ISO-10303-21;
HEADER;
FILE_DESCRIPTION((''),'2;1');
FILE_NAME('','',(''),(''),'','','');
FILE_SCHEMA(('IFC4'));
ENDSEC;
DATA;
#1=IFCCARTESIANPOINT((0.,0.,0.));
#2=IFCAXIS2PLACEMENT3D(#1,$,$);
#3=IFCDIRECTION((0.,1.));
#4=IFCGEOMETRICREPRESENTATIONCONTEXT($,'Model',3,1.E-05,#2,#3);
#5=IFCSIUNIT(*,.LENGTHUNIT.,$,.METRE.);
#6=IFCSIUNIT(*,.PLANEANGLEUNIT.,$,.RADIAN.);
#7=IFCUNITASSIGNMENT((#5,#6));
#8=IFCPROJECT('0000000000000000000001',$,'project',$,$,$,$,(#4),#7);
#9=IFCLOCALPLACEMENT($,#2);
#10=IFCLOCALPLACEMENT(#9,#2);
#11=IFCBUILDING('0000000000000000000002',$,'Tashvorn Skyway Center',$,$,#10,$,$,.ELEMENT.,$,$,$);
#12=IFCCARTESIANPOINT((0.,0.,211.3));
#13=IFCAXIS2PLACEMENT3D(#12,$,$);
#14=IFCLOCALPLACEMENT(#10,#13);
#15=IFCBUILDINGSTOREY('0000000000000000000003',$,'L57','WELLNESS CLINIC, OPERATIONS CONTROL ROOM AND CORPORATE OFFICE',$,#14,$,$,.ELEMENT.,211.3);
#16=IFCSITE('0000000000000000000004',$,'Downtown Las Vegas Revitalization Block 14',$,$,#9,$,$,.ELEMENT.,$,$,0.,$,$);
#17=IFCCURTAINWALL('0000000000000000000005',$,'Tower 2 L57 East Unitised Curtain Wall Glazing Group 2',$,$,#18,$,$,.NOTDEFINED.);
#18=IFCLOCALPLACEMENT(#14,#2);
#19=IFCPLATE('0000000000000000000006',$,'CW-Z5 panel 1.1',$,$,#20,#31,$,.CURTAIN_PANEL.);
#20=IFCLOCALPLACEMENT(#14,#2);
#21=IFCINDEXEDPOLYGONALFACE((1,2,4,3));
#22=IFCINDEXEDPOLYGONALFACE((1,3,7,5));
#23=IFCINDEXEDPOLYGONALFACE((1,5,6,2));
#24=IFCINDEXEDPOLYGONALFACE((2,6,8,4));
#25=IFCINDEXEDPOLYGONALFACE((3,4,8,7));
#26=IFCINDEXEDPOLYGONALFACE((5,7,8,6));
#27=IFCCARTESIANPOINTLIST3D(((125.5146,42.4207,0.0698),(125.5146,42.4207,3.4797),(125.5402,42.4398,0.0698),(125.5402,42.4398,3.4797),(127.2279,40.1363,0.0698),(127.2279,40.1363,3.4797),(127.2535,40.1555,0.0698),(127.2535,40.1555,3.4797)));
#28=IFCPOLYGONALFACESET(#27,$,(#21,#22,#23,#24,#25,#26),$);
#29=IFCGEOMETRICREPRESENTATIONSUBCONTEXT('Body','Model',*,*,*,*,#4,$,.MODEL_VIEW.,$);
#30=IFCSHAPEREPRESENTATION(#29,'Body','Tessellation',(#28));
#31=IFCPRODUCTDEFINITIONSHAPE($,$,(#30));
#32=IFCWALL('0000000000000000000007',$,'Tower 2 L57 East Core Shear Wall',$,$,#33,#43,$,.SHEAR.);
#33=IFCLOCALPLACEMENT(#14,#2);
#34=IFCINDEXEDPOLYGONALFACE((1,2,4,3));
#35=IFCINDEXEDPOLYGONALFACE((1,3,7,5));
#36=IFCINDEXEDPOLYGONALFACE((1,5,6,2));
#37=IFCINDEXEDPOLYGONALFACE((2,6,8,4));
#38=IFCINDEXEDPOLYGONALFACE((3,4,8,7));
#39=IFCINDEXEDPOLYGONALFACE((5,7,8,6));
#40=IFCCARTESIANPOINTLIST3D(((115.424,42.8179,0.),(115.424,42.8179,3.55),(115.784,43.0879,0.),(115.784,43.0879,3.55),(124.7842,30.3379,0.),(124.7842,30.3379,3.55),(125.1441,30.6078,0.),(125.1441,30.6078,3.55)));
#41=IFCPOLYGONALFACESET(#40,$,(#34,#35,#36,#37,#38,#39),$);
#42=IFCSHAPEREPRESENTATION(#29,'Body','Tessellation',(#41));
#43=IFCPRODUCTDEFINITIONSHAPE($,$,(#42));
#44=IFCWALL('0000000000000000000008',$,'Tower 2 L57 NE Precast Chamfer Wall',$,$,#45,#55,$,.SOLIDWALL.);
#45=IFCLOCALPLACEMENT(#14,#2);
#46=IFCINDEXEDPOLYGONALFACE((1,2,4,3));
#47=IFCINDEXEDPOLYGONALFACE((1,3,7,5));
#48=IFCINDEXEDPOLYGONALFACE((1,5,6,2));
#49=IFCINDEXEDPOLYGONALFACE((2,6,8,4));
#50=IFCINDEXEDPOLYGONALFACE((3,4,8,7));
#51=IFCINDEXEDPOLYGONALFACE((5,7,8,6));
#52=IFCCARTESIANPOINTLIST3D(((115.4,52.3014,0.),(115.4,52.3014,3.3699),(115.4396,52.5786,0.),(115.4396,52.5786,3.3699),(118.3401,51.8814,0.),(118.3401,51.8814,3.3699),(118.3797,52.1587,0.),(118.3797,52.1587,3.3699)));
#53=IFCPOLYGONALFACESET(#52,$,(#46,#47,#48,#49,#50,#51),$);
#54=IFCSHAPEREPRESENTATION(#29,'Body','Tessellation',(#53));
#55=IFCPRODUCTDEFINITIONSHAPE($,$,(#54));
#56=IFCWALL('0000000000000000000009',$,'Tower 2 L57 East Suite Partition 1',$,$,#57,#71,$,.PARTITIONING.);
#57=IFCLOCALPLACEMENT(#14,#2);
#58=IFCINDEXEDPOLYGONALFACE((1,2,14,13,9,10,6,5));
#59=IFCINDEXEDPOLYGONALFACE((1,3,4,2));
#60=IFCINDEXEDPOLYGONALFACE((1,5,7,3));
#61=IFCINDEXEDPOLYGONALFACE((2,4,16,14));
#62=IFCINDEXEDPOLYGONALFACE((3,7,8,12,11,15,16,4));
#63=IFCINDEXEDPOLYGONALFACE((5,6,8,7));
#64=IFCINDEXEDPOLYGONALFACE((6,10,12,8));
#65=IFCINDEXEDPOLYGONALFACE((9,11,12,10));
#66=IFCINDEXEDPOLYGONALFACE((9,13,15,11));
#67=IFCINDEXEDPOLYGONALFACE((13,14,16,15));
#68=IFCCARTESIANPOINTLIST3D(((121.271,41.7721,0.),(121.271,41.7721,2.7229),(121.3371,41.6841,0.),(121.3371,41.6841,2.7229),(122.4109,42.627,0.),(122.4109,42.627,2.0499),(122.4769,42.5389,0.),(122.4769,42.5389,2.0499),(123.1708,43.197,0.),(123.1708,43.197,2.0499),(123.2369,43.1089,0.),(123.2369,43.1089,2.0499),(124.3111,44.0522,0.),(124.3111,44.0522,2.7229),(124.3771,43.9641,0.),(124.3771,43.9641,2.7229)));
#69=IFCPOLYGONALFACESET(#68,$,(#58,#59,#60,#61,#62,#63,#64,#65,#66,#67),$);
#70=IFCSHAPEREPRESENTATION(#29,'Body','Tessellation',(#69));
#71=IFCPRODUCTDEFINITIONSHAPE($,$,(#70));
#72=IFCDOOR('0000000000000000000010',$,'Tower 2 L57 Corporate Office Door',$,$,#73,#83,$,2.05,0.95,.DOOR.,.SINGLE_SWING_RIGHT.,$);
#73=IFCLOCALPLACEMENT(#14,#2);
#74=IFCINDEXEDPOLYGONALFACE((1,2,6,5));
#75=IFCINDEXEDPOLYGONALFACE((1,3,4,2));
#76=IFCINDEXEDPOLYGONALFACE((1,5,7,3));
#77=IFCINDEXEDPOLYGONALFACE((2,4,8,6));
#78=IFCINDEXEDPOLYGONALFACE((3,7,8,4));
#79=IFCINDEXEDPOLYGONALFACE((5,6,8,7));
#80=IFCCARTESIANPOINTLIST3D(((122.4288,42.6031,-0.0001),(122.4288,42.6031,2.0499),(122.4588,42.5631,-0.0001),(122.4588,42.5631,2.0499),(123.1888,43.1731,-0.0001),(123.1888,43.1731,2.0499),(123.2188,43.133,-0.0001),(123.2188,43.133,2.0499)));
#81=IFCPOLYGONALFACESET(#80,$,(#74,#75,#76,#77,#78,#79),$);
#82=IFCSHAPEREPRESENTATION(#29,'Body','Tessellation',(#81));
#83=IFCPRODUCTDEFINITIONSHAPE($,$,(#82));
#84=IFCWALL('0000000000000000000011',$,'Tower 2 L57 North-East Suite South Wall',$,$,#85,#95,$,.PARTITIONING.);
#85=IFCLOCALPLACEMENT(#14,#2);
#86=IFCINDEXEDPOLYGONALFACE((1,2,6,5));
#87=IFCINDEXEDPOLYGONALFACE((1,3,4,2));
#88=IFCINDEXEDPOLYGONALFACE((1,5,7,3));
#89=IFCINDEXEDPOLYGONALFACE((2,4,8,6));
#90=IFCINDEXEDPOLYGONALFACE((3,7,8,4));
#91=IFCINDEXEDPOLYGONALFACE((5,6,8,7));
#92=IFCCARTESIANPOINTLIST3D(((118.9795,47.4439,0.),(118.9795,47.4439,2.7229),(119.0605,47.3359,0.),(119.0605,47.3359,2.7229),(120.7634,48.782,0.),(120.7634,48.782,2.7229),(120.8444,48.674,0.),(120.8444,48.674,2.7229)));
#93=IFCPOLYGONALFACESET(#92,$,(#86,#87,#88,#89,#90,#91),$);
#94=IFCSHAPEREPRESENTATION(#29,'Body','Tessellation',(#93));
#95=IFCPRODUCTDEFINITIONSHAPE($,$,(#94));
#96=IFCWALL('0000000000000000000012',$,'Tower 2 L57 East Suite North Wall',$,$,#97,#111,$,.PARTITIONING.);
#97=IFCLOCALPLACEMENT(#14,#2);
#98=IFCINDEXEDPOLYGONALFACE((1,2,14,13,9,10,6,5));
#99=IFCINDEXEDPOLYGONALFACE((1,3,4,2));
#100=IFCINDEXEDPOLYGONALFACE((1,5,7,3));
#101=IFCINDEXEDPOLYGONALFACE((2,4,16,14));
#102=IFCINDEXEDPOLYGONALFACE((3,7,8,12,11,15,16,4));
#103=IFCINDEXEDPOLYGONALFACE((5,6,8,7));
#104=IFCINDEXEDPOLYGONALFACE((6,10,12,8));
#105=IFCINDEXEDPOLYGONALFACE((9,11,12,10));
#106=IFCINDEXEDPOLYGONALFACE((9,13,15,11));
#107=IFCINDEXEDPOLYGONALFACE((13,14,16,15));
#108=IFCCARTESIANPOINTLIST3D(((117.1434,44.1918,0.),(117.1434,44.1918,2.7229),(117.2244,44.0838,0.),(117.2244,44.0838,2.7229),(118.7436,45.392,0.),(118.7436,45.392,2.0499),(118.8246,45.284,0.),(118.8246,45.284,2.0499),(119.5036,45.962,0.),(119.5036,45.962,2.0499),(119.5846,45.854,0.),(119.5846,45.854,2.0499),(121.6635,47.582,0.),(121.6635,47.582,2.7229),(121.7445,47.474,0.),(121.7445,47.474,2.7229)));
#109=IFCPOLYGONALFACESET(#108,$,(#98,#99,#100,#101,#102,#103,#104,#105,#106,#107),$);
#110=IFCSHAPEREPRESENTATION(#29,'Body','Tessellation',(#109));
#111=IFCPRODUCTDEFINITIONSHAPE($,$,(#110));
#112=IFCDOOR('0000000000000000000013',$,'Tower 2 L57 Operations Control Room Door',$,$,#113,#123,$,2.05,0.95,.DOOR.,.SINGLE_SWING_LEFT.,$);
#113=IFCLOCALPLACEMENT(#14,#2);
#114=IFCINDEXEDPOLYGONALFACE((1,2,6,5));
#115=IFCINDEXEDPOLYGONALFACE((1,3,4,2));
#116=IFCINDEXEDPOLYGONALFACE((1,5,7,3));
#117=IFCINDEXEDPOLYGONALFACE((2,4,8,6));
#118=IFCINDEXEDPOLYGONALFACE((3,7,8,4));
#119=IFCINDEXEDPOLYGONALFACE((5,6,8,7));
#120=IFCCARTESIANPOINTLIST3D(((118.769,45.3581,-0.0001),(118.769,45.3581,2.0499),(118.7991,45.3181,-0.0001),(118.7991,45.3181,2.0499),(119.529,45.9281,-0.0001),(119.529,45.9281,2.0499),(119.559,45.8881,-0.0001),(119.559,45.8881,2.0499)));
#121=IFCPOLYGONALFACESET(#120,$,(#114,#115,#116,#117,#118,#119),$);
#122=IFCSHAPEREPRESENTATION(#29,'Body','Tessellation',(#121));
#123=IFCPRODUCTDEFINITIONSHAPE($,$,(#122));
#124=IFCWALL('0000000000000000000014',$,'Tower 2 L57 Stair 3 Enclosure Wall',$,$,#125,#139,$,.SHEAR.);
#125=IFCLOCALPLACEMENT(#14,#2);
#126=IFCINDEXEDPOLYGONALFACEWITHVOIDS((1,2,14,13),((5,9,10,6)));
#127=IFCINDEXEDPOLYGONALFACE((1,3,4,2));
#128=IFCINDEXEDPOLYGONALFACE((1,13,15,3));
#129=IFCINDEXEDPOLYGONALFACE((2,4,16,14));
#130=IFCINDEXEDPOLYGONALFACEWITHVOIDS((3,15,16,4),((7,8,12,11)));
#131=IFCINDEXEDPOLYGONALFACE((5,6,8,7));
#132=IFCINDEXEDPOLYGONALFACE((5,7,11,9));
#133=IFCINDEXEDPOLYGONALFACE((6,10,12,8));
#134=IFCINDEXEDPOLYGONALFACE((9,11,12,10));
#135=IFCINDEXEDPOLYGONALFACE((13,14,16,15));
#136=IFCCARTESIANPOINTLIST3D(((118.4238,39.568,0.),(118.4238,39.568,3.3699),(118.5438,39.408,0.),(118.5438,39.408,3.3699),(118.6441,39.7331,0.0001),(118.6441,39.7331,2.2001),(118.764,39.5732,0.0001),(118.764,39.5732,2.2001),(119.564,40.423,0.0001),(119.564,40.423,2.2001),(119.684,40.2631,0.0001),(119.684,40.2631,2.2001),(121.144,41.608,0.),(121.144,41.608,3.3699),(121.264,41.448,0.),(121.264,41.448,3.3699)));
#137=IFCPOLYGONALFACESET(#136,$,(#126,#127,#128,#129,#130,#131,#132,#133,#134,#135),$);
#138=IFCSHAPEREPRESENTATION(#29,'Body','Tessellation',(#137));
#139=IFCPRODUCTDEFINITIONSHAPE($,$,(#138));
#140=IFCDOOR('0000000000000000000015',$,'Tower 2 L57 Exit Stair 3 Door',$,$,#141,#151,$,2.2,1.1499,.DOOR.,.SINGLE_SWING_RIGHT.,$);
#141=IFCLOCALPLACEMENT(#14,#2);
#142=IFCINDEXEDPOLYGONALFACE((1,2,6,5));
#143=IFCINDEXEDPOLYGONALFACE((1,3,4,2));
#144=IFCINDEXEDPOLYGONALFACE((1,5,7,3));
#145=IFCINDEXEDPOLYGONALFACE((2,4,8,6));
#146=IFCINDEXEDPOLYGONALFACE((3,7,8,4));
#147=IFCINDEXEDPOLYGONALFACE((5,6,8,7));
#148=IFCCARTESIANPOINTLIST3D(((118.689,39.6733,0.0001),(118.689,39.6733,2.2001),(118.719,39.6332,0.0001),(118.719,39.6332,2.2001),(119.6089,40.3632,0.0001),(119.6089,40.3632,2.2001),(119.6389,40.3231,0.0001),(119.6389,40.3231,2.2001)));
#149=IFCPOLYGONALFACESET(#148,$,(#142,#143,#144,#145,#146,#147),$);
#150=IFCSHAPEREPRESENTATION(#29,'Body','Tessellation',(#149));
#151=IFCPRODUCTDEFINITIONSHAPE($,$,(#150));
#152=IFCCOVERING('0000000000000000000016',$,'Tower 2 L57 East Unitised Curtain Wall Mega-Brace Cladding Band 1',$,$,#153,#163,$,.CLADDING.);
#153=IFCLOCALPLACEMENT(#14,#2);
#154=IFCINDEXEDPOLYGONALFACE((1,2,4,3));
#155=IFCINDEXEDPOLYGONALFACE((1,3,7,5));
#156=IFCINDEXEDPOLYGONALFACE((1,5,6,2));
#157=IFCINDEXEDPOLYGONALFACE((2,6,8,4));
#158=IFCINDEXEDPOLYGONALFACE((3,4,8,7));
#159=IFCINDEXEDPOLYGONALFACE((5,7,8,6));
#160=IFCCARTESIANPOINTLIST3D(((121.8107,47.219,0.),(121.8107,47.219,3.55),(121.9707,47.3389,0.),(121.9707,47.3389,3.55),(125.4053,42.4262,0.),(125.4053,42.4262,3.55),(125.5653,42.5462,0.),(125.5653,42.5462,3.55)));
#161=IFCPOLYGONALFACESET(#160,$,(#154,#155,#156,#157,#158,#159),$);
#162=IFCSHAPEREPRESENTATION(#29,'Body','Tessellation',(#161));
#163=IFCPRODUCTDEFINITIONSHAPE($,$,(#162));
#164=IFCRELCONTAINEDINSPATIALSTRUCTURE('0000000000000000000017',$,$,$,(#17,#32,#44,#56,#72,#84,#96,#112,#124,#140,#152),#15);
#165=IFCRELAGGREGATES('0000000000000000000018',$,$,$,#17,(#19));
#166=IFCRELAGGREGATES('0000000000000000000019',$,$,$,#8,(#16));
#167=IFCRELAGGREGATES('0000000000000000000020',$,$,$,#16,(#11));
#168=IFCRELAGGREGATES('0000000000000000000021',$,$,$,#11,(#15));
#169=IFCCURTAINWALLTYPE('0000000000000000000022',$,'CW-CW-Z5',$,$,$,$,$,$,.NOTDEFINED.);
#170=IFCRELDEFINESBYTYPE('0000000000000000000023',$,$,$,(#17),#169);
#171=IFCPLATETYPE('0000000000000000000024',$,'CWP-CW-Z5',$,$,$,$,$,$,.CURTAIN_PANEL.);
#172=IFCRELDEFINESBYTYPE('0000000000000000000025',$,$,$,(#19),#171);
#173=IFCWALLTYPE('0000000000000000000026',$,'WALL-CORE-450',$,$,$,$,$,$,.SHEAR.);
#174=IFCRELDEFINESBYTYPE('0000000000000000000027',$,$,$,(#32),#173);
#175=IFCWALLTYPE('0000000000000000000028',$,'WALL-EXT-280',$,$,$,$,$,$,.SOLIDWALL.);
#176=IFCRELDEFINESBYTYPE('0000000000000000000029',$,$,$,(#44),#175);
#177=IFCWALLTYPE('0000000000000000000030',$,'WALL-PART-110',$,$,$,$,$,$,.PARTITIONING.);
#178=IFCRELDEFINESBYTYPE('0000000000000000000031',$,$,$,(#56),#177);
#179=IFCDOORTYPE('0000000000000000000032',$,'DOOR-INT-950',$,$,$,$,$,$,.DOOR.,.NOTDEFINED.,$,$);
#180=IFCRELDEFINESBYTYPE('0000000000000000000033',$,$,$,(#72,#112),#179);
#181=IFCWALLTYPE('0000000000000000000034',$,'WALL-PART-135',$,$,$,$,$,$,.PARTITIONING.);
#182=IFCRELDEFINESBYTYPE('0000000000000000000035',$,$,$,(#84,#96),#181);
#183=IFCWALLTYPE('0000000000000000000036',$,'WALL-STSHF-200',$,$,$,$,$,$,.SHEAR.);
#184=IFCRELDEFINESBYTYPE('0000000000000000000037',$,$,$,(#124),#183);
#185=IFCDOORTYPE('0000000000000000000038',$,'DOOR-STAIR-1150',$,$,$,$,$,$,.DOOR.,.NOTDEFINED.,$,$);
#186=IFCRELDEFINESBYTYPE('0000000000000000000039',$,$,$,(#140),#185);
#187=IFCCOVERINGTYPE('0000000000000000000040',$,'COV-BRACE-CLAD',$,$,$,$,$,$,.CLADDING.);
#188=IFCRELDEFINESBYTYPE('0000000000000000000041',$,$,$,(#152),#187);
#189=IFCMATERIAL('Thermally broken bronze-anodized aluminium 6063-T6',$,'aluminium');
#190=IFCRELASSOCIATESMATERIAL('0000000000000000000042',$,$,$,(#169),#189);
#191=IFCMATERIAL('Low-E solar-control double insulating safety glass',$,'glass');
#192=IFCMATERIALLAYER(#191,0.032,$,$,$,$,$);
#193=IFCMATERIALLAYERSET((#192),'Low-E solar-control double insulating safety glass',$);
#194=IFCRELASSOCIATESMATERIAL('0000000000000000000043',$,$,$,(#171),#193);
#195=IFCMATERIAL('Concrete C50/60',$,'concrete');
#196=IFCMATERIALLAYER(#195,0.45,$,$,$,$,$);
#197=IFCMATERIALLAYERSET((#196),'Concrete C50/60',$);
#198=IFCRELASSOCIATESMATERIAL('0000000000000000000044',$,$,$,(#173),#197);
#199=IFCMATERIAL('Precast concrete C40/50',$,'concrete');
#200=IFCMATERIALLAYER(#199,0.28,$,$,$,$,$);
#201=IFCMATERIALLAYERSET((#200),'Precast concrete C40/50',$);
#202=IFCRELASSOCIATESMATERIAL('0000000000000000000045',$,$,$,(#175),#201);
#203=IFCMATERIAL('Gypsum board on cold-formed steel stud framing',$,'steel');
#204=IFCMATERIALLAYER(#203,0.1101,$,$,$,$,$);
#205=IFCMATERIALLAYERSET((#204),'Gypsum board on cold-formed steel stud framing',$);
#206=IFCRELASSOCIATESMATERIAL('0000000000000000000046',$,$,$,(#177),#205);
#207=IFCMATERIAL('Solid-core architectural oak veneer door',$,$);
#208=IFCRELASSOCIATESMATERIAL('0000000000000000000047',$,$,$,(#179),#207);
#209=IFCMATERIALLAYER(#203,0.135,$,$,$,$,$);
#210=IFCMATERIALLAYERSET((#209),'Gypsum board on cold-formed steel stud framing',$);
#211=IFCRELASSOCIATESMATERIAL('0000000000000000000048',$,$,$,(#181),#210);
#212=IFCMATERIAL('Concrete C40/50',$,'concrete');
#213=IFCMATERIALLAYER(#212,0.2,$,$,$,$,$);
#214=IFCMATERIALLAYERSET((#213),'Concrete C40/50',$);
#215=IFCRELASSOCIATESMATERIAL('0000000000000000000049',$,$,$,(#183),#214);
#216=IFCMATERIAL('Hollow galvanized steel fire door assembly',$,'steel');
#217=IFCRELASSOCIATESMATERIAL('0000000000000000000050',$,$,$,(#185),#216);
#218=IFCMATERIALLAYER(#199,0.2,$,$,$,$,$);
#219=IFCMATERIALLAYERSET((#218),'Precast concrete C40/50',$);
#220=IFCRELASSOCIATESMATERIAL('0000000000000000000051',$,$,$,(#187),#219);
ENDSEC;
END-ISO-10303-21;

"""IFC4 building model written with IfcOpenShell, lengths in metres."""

from ifc_helpers import new_model, si_unit, direction, frame, frame_2d, origin, origin_2d, place, context, subcontext, project, spatial, rectangle, extrude, material, layer, layer_set, type_object, element, fill, aggregate, save


model = new_model("IFC4")

# Units and contexts
model_context = context("Model", 3, precision=1e-05, world=origin(), true_north=direction((0.0, 1.0)))
body_context = subcontext(model_context, "Body", "Model", "MODEL_VIEW")
ifc_project = project(units=[si_unit("LENGTHUNIT", "METRE"), si_unit("PLANEANGLEUNIT", "RADIAN")], contexts=[model_context])

# Site, building, storey
site_placement = place(None, origin())
site = spatial("IfcSite", under=ifc_project, at=site_placement, Name="Downtown Las Vegas Revitalization Block 14", CompositionType="ELEMENT", RefElevation=0.0)
building_placement = place(site_placement, origin())
building = spatial("IfcBuilding", under=site, at=building_placement, Name="Tashvorn Skyway Center", CompositionType="ELEMENT")
storey_placement = place(building_placement, frame((0.0, 0.0, 211.3)))
storey = spatial("IfcBuildingStorey", under=building, at=storey_placement, Name="L57", Description="WELLNESS CLINIC, OPERATIONS CONTROL ROOM AND CORPORATE OFFICE", CompositionType="ELEMENT", Elevation=211.3)

# Shared definitions
ifc_material_1 = material(Name="Thermally broken bronze-anodized aluminium 6063-T6", Category="aluminium")
curtain_wall_type = type_object("IfcCurtainWallType", Name="CW-CW-Z5", PredefinedType="NOTDEFINED", material=ifc_material_1)

# Curtain wall
curtain_wall_1_placement = place(storey_placement, origin())
curtain_wall_1 = element("IfcCurtainWall", 1, at=curtain_wall_1_placement, inside=storey, type_object=curtain_wall_type, Name="Tower 2 L57 East Unitised Curtain Wall Glazing Group 2", PredefinedType="NOTDEFINED")

# Plate
ifc_material_2 = material(Name="Low-E solar-control double insulating safety glass", Category="glass")
ifc_layer_1 = layer(ifc_material_2, 0.032)
ifc_layer_set_1 = layer_set([ifc_layer_1], Name="Low-E solar-control double insulating safety glass")
plate_type = type_object("IfcPlateType", Name="CWP-CW-Z5", PredefinedType="CURTAIN_PANEL", material=ifc_layer_set_1)
plate_1_placement = place(storey_placement, frame((126.384, 41.2881, 0.0698), z_axis=(0.0, 0.0, 1.0), x_axis=(0.600021, -0.799984, 0.0)))
plate_1 = element("IfcPlate", 2, at=plate_1_placement, type_object=plate_type, Name="CW-Z5 panel 1.1", PredefinedType="CURTAIN_PANEL", context=body_context, shape_type="SweptSolid", body=[
    extrude(rectangle(XDim=2.8555, YDim=0.032, at=origin_2d()), origin(), (0.0, 0.0, 1.0), 3.4099),
])
aggregate(curtain_wall_1, [plate_1])

# Walls
ifc_material_3 = material(Name="Concrete C50/60", Category="concrete")
ifc_layer_2 = layer(ifc_material_3, 0.45)
ifc_layer_set_2 = layer_set([ifc_layer_2], Name="Concrete C50/60")
wall_type_1 = type_object("IfcWallType", Name="WALL-CORE-450", PredefinedType="SHEAR", material=ifc_layer_set_2)
wall_1_placement = place(storey_placement, frame((115.604, 42.9529, 0.0), z_axis=(0.0, 0.0, 1.0), x_axis=(0.600005, -0.799996, 0.0)))
element("IfcWall", 3, at=wall_1_placement, inside=storey, type_object=wall_type_1, Name="Tower 2 L57 East Core Shear Wall", PredefinedType="SHEAR", context=body_context, shape_type="SweptSolid", body=[
    extrude(rectangle(XDim=15.6001, YDim=0.45, at=frame_2d((7.8, 0.0))), origin(), (0.0, 0.0, 1.0), 3.55),
])
ifc_material_4 = material(Name="Precast concrete C40/50", Category="concrete")
ifc_layer_3 = layer(ifc_material_4, 0.28)
ifc_layer_set_3 = layer_set([ifc_layer_3], Name="Precast concrete C40/50")
wall_type_2 = type_object("IfcWallType", Name="WALL-EXT-280", PredefinedType="SOLIDWALL", material=ifc_layer_set_3)
wall_2_placement = place(storey_placement, frame((115.4199, 52.4399, 0.0), z_axis=(0.0, 0.0, 1.0), x_axis=(0.989954, -0.141387, 0.0)))
element("IfcWall", 4, at=wall_2_placement, inside=storey, type_object=wall_type_2, Name="Tower 2 L57 NE Precast Chamfer Wall", PredefinedType="SOLIDWALL", context=body_context, shape_type="SweptSolid", body=[
    extrude(rectangle(XDim=2.97, YDim=0.28, at=frame_2d((1.4849, 0.0))), origin(), (0.0, 0.0, 1.0), 3.3699),
])

# Wall, opening, door
ifc_material_5 = material(Name="Gypsum board on cold-formed steel stud framing", Category="steel")
ifc_layer_4 = layer(ifc_material_5, 0.1101)
ifc_layer_set_4 = layer_set([ifc_layer_4], Name="Gypsum board on cold-formed steel stud framing")
wall_type_3 = type_object("IfcWallType", Name="WALL-PART-110", PredefinedType="PARTITIONING", material=ifc_layer_set_4)
wall_3_placement = place(storey_placement, frame((124.344, 44.0081, 0.0), z_axis=(0.0, 0.0, 1.0), x_axis=(-0.8, -0.6, 0.0)))
wall_3 = element("IfcWall", 5, at=wall_3_placement, inside=storey, type_object=wall_type_3, Name="Tower 2 L57 East Suite Partition 1", PredefinedType="PARTITIONING", context=body_context, shape_type="SweptSolid", body=[
    extrude(rectangle(XDim=3.8, YDim=0.1101, at=frame_2d((1.8999, 0.0))), origin(), (0.0, 0.0, 1.0), 2.7229),
])
opening_1_placement = place(wall_3_placement, frame((1.425, 0.0, 0.0)))
opening_1 = element("IfcOpeningElement", 6, at=opening_1_placement, cuts=wall_3, PredefinedType="OPENING", context=body_context, shape_type="SweptSolid", body=[
    extrude(rectangle(XDim=0.95, YDim=2.05, at=frame_2d((0.4751, 1.0249))), frame((0.0, 0.0649, 0.0), z_axis=(0.0, -1.0, 0.0), x_axis=(1.0, 0.0, 0.0)), (0.0, 0.0, 1.0), 0.1301),
])
ifc_material_6 = material(Name="Solid-core architectural oak veneer door")
door_type_1 = type_object("IfcDoorType", Name="DOOR-INT-950", OperationType="NOTDEFINED", PredefinedType="DOOR", material=ifc_material_6)
door_1_placement = place(opening_1_placement, origin())
door_1 = element("IfcDoor", 7, at=door_1_placement, inside=storey, type_object=door_type_1, Name="Tower 2 L57 Corporate Office Door", OperationType="SINGLE_SWING_RIGHT", OverallHeight=2.05, OverallWidth=0.95, PredefinedType="DOOR", context=body_context, shape_type="SweptSolid", body=[
    extrude(rectangle(XDim=0.95, YDim=2.05, at=frame_2d((0.4751, 1.0249))), frame((0.0, 0.0249, 0.0), z_axis=(0.0, -1.0, 0.0), x_axis=(1.0, 0.0, 0.0)), (0.0, 0.0, 1.0), 0.05),
])
fill(opening_1, door_1)

# Wall
ifc_layer_5 = layer(ifc_material_5, 0.135)
ifc_layer_set_5 = layer_set([ifc_layer_5], Name="Gypsum board on cold-formed steel stud framing")
wall_type_4 = type_object("IfcWallType", Name="WALL-PART-135", PredefinedType="PARTITIONING", material=ifc_layer_set_5)
wall_4_placement = place(storey_placement, frame((119.02, 47.3899, 0.0), z_axis=(0.0, 0.0, 1.0), x_axis=(0.799961, 0.600053, 0.0)))
element("IfcWall", 8, at=wall_4_placement, inside=storey, type_object=wall_type_4, Name="Tower 2 L57 North-East Suite South Wall", PredefinedType="PARTITIONING", context=body_context, shape_type="SweptSolid", body=[
    extrude(rectangle(XDim=2.23, YDim=0.135, at=frame_2d((1.115, 0.0))), origin(), (0.0, 0.0, 1.0), 2.7229),
])

# Walls, openings, doors
wall_5_placement = place(storey_placement, frame((121.7041, 47.5281, 0.0), z_axis=(0.0, 0.0, 1.0), x_axis=(-0.79999, -0.600014, 0.0)))
wall_5 = element("IfcWall", 9, at=wall_5_placement, inside=storey, type_object=wall_type_4, Name="Tower 2 L57 East Suite North Wall", PredefinedType="PARTITIONING", context=body_context, shape_type="SweptSolid", body=[
    extrude(rectangle(XDim=5.6501, YDim=0.135, at=frame_2d((2.8252, 0.0))), origin(), (0.0, 0.0, 1.0), 2.7229),
])
opening_2_placement = place(wall_5_placement, frame((2.7, 0.0, 0.0)))
opening_2 = element("IfcOpeningElement", 10, at=opening_2_placement, cuts=wall_5, PredefinedType="OPENING", context=body_context, shape_type="SweptSolid", body=[
    extrude(rectangle(XDim=0.95, YDim=2.05, at=frame_2d((0.4751, 1.0249))), frame((0.0, 0.0774, 0.0), z_axis=(0.0, -1.0, 0.0), x_axis=(1.0, 0.0, 0.0)), (0.0, 0.0, 1.0), 0.155),
])
door_2_placement = place(opening_2_placement, origin())
door_2 = element("IfcDoor", 11, at=door_2_placement, inside=storey, type_object=door_type_1, Name="Tower 2 L57 Operations Control Room Door", OperationType="SINGLE_SWING_LEFT", OverallHeight=2.05, OverallWidth=0.95, PredefinedType="DOOR", context=body_context, shape_type="SweptSolid", body=[
    extrude(rectangle(XDim=0.95, YDim=2.05, at=frame_2d((0.4751, 1.0249))), frame((0.0, 0.0249, 0.0), z_axis=(0.0, -1.0, 0.0), x_axis=(1.0, 0.0, 0.0)), (0.0, 0.0, 1.0), 0.05),
])
fill(opening_2, door_2)
ifc_material_7 = material(Name="Concrete C40/50", Category="concrete")
ifc_layer_6 = layer(ifc_material_7, 0.2)
ifc_layer_set_6 = layer_set([ifc_layer_6], Name="Concrete C40/50")
wall_type_5 = type_object("IfcWallType", Name="WALL-STSHF-200", PredefinedType="SHEAR", material=ifc_layer_set_6)
wall_6_placement = place(storey_placement, frame((121.2041, 41.5281, 0.0), z_axis=(0.0, 0.0, 1.0), x_axis=(-0.800017, -0.599977, 0.0)))
wall_6 = element("IfcWall", 12, at=wall_6_placement, inside=storey, type_object=wall_type_5, Name="Tower 2 L57 Stair 3 Enclosure Wall", PredefinedType="SHEAR", context=body_context, shape_type="SweptSolid", body=[
    extrude(rectangle(XDim=3.4001, YDim=0.2, at=frame_2d((1.7002, 0.0))), origin(), (0.0, 0.0, 1.0), 3.3699),
])
opening_3_placement = place(wall_6_placement, frame((1.9751, 0.0, 0.0)))
opening_3 = element("IfcOpeningElement", 13, at=opening_3_placement, cuts=wall_6, PredefinedType="OPENING", context=body_context, shape_type="SweptSolid", body=[
    extrude(rectangle(XDim=1.1499, YDim=2.2, at=frame_2d((0.575, 1.1001))), frame((0.0, 0.1099, 0.0), z_axis=(0.0, -1.0, 0.0), x_axis=(1.0, 0.0, 0.0)), (0.0, 0.0, 1.0), 0.22),
])
ifc_material_8 = material(Name="Hollow galvanized steel fire door assembly", Category="steel")
door_type_2 = type_object("IfcDoorType", Name="DOOR-STAIR-1150", OperationType="NOTDEFINED", PredefinedType="DOOR", material=ifc_material_8)
door_3_placement = place(opening_3_placement, origin())
door_3 = element("IfcDoor", 14, at=door_3_placement, inside=storey, type_object=door_type_2, Name="Tower 2 L57 Exit Stair 3 Door", OperationType="SINGLE_SWING_RIGHT", OverallHeight=2.2, OverallWidth=1.1499, PredefinedType="DOOR", context=body_context, shape_type="SweptSolid", body=[
    extrude(rectangle(XDim=1.1499, YDim=2.2, at=frame_2d((0.575, 1.1001))), frame((0.0, 0.0249, 0.0), z_axis=(0.0, -1.0, 0.0), x_axis=(1.0, 0.0, 0.0)), (0.0, 0.0, 1.0), 0.05),
])
fill(opening_3, door_3)

# Covering
ifc_layer_7 = layer(ifc_material_4, 0.2)
ifc_layer_set_7 = layer_set([ifc_layer_7], Name="Precast concrete C40/50")
covering_type_1 = type_object("IfcCoveringType", Name="COV-BRACE-CLAD", PredefinedType="CLADDING", material=ifc_layer_set_7)
covering_1_placement = place(storey_placement, frame((123.688, 44.8826, 0.0), z_axis=(0.0, 0.0, 1.0), x_axis=(0.6, -0.8, 0.0)))
element("IfcCovering", 15, at=covering_1_placement, inside=storey, type_object=covering_type_1, Name="Tower 2 L57 East Unitised Curtain Wall Mega-Brace Cladding Band 1", PredefinedType="CLADDING", context=body_context, shape_type="SweptSolid", body=[
    extrude(rectangle(XDim=5.991, YDim=0.2, at=origin_2d()), origin(), (0.0, 0.0, 1.0), 3.55),
])

save(model, "model.ifc")
